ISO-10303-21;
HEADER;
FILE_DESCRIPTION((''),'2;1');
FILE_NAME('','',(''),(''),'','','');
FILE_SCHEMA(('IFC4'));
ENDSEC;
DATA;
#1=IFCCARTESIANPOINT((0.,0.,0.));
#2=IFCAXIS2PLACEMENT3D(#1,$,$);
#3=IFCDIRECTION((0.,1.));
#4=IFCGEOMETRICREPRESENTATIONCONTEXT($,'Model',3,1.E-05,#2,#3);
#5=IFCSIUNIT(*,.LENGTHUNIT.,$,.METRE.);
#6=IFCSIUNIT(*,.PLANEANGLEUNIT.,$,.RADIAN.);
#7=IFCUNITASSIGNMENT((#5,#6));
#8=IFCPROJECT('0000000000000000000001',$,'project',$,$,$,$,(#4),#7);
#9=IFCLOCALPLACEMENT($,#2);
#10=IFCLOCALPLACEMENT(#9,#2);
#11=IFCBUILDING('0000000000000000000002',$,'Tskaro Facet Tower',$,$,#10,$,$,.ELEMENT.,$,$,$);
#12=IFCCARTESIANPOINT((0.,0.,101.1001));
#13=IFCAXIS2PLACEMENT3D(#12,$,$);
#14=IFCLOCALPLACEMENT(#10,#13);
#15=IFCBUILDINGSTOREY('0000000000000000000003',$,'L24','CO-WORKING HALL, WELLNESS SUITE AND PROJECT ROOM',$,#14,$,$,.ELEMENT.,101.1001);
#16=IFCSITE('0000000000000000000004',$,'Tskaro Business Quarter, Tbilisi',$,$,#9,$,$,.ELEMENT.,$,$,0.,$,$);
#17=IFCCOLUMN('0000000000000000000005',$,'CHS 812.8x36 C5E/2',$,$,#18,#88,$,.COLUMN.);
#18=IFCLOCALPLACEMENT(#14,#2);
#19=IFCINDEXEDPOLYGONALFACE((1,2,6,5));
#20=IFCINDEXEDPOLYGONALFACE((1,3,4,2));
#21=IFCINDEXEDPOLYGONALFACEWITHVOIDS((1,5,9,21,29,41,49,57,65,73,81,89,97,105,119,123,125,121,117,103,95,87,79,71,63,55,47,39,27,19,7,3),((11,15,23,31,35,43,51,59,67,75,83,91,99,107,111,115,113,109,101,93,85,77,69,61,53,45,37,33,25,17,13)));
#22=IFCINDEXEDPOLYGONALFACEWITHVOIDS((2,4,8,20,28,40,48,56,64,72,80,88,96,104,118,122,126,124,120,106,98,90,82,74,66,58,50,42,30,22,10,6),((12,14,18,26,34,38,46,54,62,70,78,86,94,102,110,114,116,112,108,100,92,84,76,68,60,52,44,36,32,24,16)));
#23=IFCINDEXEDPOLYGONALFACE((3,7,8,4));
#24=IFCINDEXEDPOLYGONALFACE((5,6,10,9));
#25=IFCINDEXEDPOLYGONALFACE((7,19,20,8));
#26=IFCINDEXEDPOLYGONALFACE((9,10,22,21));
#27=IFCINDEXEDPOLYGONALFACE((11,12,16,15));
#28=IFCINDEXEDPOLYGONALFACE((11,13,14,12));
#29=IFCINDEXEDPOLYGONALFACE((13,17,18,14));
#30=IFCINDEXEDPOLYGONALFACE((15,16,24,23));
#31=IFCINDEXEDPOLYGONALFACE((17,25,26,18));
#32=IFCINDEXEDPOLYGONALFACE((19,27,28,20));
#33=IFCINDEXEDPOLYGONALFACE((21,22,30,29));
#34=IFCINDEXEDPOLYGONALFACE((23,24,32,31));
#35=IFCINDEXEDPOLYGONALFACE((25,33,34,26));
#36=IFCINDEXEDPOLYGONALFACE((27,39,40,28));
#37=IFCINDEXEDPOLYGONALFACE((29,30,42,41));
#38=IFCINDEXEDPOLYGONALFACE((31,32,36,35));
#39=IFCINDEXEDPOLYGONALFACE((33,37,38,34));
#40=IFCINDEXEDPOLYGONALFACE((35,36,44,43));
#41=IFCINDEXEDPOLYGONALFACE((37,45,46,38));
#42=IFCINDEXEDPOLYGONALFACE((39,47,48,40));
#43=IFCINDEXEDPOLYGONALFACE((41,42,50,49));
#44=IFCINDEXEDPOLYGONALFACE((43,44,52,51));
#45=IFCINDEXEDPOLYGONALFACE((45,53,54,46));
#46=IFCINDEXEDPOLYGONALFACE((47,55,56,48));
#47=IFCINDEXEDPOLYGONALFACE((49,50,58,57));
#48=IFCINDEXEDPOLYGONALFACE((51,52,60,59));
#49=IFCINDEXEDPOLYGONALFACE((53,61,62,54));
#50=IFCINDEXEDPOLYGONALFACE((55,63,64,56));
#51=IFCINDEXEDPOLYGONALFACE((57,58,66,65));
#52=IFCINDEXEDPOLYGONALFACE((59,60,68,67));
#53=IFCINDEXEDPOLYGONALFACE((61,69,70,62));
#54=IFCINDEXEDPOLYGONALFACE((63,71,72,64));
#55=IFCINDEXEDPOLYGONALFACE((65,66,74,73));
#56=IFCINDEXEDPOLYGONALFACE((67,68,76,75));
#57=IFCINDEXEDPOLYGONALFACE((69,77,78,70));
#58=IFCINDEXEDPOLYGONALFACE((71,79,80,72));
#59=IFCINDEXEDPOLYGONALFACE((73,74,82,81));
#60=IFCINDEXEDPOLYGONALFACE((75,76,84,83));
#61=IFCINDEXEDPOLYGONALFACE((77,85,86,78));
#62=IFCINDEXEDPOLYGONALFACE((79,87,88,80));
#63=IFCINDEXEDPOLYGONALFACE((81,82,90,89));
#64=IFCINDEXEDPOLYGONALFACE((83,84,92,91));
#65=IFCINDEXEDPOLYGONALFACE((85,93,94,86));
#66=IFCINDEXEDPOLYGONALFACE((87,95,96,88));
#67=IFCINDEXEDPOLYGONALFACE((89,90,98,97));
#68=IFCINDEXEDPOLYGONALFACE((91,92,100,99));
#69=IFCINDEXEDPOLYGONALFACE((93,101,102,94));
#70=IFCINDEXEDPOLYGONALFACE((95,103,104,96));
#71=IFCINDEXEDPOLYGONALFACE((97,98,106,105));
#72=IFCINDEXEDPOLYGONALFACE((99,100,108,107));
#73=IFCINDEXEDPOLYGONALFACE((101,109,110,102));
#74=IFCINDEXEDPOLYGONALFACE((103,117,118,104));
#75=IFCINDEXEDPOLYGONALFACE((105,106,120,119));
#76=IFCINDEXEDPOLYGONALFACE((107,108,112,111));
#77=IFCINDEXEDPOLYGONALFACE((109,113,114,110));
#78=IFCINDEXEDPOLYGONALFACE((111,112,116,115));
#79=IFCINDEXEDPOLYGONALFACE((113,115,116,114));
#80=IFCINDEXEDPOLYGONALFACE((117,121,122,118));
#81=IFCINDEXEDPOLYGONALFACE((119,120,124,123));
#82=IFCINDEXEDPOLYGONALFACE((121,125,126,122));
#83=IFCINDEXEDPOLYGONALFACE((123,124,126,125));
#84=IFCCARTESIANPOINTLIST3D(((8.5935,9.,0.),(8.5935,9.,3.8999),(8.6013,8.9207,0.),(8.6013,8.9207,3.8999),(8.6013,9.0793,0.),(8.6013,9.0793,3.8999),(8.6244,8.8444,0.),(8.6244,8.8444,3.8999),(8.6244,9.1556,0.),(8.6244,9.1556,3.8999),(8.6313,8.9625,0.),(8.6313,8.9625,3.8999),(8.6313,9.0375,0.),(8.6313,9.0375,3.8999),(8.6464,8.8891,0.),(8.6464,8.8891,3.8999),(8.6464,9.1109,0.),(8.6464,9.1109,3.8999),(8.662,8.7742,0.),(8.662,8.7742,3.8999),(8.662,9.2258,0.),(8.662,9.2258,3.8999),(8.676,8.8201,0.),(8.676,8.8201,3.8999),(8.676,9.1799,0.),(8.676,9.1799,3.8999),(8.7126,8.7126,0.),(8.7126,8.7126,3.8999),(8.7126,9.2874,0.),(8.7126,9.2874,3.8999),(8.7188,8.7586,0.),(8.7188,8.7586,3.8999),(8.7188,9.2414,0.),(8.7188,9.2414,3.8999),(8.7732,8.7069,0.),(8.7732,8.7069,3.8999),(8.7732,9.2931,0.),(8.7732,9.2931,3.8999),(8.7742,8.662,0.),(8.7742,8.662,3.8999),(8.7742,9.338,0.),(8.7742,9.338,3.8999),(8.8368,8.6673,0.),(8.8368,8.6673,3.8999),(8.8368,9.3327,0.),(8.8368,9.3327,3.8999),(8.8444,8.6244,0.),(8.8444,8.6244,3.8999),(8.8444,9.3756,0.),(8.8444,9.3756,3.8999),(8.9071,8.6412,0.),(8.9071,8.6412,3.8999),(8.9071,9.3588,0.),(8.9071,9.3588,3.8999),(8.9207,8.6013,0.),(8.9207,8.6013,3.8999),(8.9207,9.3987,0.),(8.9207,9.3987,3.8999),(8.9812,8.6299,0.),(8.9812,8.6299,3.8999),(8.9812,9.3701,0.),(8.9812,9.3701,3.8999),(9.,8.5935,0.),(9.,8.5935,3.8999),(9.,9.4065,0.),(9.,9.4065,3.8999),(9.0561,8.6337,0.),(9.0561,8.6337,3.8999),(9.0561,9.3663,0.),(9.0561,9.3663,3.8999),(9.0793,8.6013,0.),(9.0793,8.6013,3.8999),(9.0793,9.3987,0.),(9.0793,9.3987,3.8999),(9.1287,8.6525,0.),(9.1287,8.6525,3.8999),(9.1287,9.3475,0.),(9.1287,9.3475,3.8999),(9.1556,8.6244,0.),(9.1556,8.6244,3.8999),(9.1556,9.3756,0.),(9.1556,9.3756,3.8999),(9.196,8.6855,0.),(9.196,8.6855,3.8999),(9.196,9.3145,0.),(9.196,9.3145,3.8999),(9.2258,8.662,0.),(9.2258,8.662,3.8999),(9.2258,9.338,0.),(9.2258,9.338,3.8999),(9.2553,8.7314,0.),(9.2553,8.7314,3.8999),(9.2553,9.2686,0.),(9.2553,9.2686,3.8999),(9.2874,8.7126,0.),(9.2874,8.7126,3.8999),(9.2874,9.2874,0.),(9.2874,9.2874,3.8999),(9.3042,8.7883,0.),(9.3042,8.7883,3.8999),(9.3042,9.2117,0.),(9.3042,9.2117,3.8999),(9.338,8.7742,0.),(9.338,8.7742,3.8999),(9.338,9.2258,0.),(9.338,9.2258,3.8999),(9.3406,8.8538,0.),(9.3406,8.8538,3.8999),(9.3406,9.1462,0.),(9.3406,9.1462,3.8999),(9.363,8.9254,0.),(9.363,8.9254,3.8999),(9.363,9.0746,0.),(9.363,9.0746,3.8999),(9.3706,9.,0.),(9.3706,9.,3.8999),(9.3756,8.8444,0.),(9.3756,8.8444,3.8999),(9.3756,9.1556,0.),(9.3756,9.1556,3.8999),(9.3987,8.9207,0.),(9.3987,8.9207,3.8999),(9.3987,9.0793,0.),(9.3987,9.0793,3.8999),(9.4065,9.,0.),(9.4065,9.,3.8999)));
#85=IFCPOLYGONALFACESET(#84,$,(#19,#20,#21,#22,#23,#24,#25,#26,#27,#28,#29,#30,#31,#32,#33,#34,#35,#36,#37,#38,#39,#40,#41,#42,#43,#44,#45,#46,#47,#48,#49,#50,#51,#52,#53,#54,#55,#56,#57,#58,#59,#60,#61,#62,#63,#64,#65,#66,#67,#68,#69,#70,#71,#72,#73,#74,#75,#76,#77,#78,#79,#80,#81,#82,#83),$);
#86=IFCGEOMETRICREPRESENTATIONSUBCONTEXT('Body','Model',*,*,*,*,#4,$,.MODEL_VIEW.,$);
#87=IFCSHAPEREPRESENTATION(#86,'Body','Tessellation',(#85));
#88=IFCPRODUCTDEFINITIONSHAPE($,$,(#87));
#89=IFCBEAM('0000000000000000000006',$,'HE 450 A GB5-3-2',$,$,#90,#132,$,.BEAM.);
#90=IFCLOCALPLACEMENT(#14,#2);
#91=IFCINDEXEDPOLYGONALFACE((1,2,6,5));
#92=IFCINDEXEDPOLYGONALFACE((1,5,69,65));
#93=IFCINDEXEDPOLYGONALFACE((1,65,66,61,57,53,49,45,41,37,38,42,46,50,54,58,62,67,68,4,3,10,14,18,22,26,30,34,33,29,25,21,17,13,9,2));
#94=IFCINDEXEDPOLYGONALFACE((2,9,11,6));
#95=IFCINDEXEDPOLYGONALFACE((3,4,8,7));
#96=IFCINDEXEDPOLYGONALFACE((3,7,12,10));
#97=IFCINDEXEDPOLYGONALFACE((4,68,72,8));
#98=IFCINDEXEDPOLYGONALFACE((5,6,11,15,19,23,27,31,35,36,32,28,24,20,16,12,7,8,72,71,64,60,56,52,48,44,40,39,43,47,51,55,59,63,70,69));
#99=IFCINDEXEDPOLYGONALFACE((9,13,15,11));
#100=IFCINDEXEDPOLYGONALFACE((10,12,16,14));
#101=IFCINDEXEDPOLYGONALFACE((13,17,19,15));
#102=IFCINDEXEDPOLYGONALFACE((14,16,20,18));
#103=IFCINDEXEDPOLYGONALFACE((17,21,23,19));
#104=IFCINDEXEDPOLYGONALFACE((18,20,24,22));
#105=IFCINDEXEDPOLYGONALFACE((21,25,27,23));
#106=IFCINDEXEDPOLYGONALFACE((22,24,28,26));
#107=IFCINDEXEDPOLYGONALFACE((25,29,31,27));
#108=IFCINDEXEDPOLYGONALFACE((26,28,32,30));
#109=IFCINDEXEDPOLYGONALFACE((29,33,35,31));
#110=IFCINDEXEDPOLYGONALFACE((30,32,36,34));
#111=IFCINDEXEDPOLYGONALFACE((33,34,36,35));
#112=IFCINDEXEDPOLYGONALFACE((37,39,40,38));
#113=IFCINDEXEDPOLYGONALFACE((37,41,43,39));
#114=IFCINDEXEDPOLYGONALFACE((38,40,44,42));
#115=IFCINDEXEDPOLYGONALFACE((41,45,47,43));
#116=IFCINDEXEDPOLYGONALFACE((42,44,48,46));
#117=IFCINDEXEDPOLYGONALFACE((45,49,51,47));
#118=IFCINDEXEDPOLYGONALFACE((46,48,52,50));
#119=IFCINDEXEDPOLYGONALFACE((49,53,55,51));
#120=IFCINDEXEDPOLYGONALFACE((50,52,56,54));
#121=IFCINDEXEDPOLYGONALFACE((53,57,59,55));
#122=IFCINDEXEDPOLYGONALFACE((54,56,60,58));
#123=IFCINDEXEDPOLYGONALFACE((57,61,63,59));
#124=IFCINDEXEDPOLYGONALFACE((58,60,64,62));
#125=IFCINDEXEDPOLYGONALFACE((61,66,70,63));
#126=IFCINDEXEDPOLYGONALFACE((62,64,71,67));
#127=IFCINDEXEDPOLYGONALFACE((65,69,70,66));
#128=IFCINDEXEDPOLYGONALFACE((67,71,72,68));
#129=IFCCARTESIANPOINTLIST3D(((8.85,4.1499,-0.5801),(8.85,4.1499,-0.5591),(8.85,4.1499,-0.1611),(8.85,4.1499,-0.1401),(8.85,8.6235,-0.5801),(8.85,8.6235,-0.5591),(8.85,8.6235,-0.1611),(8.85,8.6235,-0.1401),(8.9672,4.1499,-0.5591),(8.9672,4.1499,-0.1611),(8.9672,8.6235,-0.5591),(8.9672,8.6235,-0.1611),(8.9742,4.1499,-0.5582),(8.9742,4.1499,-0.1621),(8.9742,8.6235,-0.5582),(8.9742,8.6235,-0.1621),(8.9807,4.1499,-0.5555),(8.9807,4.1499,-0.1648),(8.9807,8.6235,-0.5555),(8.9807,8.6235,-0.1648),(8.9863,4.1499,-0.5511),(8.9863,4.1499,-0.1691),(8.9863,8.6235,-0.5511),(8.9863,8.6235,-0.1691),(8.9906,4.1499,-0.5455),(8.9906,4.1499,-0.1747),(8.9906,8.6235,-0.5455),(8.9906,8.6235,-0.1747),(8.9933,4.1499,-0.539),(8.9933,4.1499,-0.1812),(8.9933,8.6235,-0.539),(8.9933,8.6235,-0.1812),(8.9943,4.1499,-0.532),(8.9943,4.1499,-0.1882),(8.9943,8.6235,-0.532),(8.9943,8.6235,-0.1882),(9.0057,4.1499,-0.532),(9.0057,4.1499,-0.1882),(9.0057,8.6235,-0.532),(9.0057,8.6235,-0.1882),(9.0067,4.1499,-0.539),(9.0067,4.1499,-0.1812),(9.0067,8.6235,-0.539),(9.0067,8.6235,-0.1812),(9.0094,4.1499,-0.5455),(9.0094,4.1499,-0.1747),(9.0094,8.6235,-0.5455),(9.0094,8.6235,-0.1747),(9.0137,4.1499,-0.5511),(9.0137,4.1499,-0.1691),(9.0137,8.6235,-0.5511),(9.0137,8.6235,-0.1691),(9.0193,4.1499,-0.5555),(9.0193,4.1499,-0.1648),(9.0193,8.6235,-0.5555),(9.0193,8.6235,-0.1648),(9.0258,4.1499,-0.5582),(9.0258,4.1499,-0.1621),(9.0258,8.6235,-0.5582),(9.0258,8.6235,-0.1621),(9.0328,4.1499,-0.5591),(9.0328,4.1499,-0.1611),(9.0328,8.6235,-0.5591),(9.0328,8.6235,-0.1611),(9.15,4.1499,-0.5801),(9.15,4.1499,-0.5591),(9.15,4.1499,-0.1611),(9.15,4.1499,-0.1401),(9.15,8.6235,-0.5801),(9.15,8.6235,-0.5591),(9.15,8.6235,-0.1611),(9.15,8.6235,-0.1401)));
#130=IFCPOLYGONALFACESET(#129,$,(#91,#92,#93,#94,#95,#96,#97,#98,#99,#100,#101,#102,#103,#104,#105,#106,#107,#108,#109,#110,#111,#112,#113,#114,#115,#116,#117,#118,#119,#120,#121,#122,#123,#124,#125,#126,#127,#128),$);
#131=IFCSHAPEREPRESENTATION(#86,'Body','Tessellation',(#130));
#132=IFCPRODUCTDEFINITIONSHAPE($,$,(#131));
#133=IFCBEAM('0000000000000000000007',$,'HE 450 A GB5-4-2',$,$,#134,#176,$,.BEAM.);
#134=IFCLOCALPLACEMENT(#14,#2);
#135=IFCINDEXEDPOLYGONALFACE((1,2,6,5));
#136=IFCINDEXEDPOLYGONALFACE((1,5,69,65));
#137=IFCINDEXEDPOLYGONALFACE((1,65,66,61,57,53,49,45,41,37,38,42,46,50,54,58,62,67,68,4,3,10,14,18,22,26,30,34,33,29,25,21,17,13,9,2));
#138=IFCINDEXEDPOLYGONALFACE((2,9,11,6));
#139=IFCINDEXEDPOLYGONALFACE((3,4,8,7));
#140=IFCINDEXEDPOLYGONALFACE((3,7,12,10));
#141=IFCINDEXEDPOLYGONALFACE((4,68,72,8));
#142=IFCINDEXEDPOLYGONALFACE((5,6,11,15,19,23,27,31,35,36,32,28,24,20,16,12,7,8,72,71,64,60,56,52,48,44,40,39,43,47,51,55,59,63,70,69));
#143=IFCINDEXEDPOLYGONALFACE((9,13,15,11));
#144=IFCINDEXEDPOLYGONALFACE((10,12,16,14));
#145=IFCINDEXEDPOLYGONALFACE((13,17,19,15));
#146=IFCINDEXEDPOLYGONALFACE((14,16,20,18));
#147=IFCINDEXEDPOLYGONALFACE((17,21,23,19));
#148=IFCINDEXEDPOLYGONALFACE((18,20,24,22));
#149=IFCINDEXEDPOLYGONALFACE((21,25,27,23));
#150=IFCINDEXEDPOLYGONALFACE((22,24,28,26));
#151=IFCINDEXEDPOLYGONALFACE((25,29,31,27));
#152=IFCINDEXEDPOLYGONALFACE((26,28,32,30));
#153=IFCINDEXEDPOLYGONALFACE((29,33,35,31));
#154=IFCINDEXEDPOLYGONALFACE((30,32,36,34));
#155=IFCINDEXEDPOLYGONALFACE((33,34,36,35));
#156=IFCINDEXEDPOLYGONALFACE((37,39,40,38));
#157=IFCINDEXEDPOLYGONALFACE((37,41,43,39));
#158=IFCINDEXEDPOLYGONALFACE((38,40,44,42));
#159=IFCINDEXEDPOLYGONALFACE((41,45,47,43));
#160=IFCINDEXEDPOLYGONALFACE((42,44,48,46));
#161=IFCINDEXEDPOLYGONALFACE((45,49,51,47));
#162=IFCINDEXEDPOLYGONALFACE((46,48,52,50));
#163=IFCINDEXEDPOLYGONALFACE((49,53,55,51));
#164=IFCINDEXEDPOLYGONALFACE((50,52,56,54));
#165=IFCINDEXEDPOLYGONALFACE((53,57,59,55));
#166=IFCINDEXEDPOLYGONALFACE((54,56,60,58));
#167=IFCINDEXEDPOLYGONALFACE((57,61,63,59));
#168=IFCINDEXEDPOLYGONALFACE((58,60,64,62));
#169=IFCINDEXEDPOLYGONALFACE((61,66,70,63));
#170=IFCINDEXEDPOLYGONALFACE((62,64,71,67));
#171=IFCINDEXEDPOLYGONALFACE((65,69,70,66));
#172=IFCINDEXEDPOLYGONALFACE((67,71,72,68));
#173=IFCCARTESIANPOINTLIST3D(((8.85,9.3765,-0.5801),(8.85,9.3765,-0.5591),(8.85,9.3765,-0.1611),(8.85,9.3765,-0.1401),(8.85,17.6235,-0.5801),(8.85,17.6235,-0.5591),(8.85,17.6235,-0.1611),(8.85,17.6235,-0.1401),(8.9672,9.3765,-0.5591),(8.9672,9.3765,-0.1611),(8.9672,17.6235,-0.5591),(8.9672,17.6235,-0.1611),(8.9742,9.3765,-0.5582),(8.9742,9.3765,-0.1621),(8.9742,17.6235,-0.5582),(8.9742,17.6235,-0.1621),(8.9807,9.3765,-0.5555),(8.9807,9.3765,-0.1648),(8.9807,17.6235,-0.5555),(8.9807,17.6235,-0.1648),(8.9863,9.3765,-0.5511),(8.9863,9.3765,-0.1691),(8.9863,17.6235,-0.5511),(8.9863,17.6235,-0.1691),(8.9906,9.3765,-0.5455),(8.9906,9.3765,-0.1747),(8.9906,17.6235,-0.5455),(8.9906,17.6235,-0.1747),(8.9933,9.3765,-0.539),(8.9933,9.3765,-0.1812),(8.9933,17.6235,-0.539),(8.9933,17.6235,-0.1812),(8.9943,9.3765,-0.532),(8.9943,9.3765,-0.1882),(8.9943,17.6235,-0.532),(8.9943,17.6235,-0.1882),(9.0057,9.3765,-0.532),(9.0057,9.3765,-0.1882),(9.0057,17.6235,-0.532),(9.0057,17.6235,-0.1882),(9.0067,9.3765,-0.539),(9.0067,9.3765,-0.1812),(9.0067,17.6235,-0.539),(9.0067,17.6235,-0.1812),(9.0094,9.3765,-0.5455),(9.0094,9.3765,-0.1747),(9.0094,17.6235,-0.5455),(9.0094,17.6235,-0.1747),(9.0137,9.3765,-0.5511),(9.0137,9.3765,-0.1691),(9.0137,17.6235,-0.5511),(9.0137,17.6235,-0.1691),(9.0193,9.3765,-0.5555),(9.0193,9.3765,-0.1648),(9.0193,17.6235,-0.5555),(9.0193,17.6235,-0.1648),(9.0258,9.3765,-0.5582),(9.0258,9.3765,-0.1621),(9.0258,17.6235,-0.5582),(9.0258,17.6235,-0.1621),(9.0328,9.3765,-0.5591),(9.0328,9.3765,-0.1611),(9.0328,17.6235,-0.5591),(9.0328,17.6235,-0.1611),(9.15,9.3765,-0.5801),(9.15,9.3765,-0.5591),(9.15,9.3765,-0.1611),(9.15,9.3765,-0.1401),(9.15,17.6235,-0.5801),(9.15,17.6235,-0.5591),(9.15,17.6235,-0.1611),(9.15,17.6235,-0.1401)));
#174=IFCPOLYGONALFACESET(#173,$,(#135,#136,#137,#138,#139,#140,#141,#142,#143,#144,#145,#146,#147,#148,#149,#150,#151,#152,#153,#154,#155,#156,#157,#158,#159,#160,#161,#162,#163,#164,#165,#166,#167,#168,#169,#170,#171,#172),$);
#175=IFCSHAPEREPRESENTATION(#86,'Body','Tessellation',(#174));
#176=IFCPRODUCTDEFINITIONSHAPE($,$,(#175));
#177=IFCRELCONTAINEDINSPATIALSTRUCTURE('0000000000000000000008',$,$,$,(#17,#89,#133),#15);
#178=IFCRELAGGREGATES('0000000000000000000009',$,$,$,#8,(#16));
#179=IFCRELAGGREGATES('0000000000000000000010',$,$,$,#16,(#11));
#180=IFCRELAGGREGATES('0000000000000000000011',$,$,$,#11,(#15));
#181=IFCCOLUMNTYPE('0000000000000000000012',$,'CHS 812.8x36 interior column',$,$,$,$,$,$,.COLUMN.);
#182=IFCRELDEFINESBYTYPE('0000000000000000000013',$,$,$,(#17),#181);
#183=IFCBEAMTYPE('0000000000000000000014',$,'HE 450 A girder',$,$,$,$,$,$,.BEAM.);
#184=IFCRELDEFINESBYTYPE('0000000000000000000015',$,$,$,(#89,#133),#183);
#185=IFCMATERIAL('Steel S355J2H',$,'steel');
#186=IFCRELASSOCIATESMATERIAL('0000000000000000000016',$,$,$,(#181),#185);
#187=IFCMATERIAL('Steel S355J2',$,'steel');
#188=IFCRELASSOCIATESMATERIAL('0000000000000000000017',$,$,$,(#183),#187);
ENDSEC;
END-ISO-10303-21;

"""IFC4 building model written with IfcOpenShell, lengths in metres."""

from ifc_helpers import new_model, si_unit, direction, frame, origin, origin_2d, place, context, subcontext, project, spatial, hollow_circle, i_section, extrude, material, material_profile, profile_set, type_object, element, save


model = new_model("IFC4")

# Units and contexts
model_context = context("Model", 3, precision=1e-05, world=origin(), true_north=direction((0.0, 1.0)))
body_context = subcontext(model_context, "Body", "Model", "MODEL_VIEW")
ifc_project = project(units=[si_unit("LENGTHUNIT", "METRE"), si_unit("PLANEANGLEUNIT", "RADIAN")], contexts=[model_context])

# Site, building, storey
site_placement = place(None, origin())
site = spatial("IfcSite", under=ifc_project, at=site_placement, Name="Tskaro Business Quarter, Tbilisi", CompositionType="ELEMENT", RefElevation=0.0)
building_placement = place(site_placement, origin())
building = spatial("IfcBuilding", under=site, at=building_placement, Name="Tskaro Facet Tower", CompositionType="ELEMENT")
storey_placement = place(building_placement, frame((0.0, 0.0, 101.1001)))
storey = spatial("IfcBuildingStorey", under=building, at=storey_placement, Name="L24", Description="CO-WORKING HALL, WELLNESS SUITE AND PROJECT ROOM", CompositionType="ELEMENT", Elevation=101.1001)

# Column
ifc_material_1 = material(Name="Steel S355J2H", Category="steel")
ifc_material_profile_1 = material_profile(ifc_material_1, hollow_circle(Radius=0.4065, WallThickness=0.0359, at=origin_2d()), Name="CHS 812.8x36")
ifc_profile_set_1 = profile_set([ifc_material_profile_1], Name="Steel S355J2H")
column_type = type_object("IfcColumnType", Name="CHS 812.8x36 interior column", PredefinedType="COLUMN", material=ifc_profile_set_1)
column_placement = place(storey_placement, frame((9.0, 9.0, 0.0), z_axis=(0.0, 0.0, 1.0), x_axis=(1.0, 0.0, 0.0)))
element("IfcColumn", 1, at=column_placement, inside=storey, type_object=column_type, Name="CHS 812.8x36 C5E/2", PredefinedType="COLUMN", context=body_context, shape_type="SweptSolid", body=[
    extrude(hollow_circle(Radius=0.4065, WallThickness=0.0359, at=origin_2d()), origin(), (0.0, 0.0, 1.0), 3.8999),
])

# Beams
ifc_material_2 = material(Name="Steel S355J2", Category="steel")
ifc_material_profile_2 = material_profile(ifc_material_2, i_section(OverallWidth=0.3, OverallDepth=0.4399, WebThickness=0.0115, FlangeThickness=0.021, FilletRadius=0.0271, at=origin_2d()), Name="HE 450 A")
ifc_profile_set_2 = profile_set([ifc_material_profile_2], Name="Steel S355J2")
beam_type_1 = type_object("IfcBeamType", Name="HE 450 A girder", PredefinedType="BEAM", material=ifc_profile_set_2)
beam_1_placement = place(storey_placement, frame((9.0, 4.1499, -0.3601), z_axis=(0.0, 1.0, 0.0), x_axis=(-1.0, 0.0, 0.0)))
element("IfcBeam", 2, at=beam_1_placement, inside=storey, type_object=beam_type_1, Name="HE 450 A GB5-3-2", PredefinedType="BEAM", context=body_context, shape_type="SweptSolid", body=[
    extrude(i_section(OverallWidth=0.3, OverallDepth=0.4399, WebThickness=0.0115, FlangeThickness=0.021, FilletRadius=0.0271, at=origin_2d()), origin(), (0.0, 0.0, 1.0), 4.4736),
])
beam_2_placement = place(storey_placement, frame((9.0, 9.3765, -0.3601), z_axis=(0.0, 1.0, 0.0), x_axis=(-1.0, 0.0, 0.0)))
element("IfcBeam", 3, at=beam_2_placement, inside=storey, type_object=beam_type_1, Name="HE 450 A GB5-4-2", PredefinedType="BEAM", context=body_context, shape_type="SweptSolid", body=[
    extrude(i_section(OverallWidth=0.3, OverallDepth=0.4399, WebThickness=0.0115, FlangeThickness=0.021, FilletRadius=0.0271, at=origin_2d()), origin(), (0.0, 0.0, 1.0), 8.2471),
])

save(model, "model.ifc")
